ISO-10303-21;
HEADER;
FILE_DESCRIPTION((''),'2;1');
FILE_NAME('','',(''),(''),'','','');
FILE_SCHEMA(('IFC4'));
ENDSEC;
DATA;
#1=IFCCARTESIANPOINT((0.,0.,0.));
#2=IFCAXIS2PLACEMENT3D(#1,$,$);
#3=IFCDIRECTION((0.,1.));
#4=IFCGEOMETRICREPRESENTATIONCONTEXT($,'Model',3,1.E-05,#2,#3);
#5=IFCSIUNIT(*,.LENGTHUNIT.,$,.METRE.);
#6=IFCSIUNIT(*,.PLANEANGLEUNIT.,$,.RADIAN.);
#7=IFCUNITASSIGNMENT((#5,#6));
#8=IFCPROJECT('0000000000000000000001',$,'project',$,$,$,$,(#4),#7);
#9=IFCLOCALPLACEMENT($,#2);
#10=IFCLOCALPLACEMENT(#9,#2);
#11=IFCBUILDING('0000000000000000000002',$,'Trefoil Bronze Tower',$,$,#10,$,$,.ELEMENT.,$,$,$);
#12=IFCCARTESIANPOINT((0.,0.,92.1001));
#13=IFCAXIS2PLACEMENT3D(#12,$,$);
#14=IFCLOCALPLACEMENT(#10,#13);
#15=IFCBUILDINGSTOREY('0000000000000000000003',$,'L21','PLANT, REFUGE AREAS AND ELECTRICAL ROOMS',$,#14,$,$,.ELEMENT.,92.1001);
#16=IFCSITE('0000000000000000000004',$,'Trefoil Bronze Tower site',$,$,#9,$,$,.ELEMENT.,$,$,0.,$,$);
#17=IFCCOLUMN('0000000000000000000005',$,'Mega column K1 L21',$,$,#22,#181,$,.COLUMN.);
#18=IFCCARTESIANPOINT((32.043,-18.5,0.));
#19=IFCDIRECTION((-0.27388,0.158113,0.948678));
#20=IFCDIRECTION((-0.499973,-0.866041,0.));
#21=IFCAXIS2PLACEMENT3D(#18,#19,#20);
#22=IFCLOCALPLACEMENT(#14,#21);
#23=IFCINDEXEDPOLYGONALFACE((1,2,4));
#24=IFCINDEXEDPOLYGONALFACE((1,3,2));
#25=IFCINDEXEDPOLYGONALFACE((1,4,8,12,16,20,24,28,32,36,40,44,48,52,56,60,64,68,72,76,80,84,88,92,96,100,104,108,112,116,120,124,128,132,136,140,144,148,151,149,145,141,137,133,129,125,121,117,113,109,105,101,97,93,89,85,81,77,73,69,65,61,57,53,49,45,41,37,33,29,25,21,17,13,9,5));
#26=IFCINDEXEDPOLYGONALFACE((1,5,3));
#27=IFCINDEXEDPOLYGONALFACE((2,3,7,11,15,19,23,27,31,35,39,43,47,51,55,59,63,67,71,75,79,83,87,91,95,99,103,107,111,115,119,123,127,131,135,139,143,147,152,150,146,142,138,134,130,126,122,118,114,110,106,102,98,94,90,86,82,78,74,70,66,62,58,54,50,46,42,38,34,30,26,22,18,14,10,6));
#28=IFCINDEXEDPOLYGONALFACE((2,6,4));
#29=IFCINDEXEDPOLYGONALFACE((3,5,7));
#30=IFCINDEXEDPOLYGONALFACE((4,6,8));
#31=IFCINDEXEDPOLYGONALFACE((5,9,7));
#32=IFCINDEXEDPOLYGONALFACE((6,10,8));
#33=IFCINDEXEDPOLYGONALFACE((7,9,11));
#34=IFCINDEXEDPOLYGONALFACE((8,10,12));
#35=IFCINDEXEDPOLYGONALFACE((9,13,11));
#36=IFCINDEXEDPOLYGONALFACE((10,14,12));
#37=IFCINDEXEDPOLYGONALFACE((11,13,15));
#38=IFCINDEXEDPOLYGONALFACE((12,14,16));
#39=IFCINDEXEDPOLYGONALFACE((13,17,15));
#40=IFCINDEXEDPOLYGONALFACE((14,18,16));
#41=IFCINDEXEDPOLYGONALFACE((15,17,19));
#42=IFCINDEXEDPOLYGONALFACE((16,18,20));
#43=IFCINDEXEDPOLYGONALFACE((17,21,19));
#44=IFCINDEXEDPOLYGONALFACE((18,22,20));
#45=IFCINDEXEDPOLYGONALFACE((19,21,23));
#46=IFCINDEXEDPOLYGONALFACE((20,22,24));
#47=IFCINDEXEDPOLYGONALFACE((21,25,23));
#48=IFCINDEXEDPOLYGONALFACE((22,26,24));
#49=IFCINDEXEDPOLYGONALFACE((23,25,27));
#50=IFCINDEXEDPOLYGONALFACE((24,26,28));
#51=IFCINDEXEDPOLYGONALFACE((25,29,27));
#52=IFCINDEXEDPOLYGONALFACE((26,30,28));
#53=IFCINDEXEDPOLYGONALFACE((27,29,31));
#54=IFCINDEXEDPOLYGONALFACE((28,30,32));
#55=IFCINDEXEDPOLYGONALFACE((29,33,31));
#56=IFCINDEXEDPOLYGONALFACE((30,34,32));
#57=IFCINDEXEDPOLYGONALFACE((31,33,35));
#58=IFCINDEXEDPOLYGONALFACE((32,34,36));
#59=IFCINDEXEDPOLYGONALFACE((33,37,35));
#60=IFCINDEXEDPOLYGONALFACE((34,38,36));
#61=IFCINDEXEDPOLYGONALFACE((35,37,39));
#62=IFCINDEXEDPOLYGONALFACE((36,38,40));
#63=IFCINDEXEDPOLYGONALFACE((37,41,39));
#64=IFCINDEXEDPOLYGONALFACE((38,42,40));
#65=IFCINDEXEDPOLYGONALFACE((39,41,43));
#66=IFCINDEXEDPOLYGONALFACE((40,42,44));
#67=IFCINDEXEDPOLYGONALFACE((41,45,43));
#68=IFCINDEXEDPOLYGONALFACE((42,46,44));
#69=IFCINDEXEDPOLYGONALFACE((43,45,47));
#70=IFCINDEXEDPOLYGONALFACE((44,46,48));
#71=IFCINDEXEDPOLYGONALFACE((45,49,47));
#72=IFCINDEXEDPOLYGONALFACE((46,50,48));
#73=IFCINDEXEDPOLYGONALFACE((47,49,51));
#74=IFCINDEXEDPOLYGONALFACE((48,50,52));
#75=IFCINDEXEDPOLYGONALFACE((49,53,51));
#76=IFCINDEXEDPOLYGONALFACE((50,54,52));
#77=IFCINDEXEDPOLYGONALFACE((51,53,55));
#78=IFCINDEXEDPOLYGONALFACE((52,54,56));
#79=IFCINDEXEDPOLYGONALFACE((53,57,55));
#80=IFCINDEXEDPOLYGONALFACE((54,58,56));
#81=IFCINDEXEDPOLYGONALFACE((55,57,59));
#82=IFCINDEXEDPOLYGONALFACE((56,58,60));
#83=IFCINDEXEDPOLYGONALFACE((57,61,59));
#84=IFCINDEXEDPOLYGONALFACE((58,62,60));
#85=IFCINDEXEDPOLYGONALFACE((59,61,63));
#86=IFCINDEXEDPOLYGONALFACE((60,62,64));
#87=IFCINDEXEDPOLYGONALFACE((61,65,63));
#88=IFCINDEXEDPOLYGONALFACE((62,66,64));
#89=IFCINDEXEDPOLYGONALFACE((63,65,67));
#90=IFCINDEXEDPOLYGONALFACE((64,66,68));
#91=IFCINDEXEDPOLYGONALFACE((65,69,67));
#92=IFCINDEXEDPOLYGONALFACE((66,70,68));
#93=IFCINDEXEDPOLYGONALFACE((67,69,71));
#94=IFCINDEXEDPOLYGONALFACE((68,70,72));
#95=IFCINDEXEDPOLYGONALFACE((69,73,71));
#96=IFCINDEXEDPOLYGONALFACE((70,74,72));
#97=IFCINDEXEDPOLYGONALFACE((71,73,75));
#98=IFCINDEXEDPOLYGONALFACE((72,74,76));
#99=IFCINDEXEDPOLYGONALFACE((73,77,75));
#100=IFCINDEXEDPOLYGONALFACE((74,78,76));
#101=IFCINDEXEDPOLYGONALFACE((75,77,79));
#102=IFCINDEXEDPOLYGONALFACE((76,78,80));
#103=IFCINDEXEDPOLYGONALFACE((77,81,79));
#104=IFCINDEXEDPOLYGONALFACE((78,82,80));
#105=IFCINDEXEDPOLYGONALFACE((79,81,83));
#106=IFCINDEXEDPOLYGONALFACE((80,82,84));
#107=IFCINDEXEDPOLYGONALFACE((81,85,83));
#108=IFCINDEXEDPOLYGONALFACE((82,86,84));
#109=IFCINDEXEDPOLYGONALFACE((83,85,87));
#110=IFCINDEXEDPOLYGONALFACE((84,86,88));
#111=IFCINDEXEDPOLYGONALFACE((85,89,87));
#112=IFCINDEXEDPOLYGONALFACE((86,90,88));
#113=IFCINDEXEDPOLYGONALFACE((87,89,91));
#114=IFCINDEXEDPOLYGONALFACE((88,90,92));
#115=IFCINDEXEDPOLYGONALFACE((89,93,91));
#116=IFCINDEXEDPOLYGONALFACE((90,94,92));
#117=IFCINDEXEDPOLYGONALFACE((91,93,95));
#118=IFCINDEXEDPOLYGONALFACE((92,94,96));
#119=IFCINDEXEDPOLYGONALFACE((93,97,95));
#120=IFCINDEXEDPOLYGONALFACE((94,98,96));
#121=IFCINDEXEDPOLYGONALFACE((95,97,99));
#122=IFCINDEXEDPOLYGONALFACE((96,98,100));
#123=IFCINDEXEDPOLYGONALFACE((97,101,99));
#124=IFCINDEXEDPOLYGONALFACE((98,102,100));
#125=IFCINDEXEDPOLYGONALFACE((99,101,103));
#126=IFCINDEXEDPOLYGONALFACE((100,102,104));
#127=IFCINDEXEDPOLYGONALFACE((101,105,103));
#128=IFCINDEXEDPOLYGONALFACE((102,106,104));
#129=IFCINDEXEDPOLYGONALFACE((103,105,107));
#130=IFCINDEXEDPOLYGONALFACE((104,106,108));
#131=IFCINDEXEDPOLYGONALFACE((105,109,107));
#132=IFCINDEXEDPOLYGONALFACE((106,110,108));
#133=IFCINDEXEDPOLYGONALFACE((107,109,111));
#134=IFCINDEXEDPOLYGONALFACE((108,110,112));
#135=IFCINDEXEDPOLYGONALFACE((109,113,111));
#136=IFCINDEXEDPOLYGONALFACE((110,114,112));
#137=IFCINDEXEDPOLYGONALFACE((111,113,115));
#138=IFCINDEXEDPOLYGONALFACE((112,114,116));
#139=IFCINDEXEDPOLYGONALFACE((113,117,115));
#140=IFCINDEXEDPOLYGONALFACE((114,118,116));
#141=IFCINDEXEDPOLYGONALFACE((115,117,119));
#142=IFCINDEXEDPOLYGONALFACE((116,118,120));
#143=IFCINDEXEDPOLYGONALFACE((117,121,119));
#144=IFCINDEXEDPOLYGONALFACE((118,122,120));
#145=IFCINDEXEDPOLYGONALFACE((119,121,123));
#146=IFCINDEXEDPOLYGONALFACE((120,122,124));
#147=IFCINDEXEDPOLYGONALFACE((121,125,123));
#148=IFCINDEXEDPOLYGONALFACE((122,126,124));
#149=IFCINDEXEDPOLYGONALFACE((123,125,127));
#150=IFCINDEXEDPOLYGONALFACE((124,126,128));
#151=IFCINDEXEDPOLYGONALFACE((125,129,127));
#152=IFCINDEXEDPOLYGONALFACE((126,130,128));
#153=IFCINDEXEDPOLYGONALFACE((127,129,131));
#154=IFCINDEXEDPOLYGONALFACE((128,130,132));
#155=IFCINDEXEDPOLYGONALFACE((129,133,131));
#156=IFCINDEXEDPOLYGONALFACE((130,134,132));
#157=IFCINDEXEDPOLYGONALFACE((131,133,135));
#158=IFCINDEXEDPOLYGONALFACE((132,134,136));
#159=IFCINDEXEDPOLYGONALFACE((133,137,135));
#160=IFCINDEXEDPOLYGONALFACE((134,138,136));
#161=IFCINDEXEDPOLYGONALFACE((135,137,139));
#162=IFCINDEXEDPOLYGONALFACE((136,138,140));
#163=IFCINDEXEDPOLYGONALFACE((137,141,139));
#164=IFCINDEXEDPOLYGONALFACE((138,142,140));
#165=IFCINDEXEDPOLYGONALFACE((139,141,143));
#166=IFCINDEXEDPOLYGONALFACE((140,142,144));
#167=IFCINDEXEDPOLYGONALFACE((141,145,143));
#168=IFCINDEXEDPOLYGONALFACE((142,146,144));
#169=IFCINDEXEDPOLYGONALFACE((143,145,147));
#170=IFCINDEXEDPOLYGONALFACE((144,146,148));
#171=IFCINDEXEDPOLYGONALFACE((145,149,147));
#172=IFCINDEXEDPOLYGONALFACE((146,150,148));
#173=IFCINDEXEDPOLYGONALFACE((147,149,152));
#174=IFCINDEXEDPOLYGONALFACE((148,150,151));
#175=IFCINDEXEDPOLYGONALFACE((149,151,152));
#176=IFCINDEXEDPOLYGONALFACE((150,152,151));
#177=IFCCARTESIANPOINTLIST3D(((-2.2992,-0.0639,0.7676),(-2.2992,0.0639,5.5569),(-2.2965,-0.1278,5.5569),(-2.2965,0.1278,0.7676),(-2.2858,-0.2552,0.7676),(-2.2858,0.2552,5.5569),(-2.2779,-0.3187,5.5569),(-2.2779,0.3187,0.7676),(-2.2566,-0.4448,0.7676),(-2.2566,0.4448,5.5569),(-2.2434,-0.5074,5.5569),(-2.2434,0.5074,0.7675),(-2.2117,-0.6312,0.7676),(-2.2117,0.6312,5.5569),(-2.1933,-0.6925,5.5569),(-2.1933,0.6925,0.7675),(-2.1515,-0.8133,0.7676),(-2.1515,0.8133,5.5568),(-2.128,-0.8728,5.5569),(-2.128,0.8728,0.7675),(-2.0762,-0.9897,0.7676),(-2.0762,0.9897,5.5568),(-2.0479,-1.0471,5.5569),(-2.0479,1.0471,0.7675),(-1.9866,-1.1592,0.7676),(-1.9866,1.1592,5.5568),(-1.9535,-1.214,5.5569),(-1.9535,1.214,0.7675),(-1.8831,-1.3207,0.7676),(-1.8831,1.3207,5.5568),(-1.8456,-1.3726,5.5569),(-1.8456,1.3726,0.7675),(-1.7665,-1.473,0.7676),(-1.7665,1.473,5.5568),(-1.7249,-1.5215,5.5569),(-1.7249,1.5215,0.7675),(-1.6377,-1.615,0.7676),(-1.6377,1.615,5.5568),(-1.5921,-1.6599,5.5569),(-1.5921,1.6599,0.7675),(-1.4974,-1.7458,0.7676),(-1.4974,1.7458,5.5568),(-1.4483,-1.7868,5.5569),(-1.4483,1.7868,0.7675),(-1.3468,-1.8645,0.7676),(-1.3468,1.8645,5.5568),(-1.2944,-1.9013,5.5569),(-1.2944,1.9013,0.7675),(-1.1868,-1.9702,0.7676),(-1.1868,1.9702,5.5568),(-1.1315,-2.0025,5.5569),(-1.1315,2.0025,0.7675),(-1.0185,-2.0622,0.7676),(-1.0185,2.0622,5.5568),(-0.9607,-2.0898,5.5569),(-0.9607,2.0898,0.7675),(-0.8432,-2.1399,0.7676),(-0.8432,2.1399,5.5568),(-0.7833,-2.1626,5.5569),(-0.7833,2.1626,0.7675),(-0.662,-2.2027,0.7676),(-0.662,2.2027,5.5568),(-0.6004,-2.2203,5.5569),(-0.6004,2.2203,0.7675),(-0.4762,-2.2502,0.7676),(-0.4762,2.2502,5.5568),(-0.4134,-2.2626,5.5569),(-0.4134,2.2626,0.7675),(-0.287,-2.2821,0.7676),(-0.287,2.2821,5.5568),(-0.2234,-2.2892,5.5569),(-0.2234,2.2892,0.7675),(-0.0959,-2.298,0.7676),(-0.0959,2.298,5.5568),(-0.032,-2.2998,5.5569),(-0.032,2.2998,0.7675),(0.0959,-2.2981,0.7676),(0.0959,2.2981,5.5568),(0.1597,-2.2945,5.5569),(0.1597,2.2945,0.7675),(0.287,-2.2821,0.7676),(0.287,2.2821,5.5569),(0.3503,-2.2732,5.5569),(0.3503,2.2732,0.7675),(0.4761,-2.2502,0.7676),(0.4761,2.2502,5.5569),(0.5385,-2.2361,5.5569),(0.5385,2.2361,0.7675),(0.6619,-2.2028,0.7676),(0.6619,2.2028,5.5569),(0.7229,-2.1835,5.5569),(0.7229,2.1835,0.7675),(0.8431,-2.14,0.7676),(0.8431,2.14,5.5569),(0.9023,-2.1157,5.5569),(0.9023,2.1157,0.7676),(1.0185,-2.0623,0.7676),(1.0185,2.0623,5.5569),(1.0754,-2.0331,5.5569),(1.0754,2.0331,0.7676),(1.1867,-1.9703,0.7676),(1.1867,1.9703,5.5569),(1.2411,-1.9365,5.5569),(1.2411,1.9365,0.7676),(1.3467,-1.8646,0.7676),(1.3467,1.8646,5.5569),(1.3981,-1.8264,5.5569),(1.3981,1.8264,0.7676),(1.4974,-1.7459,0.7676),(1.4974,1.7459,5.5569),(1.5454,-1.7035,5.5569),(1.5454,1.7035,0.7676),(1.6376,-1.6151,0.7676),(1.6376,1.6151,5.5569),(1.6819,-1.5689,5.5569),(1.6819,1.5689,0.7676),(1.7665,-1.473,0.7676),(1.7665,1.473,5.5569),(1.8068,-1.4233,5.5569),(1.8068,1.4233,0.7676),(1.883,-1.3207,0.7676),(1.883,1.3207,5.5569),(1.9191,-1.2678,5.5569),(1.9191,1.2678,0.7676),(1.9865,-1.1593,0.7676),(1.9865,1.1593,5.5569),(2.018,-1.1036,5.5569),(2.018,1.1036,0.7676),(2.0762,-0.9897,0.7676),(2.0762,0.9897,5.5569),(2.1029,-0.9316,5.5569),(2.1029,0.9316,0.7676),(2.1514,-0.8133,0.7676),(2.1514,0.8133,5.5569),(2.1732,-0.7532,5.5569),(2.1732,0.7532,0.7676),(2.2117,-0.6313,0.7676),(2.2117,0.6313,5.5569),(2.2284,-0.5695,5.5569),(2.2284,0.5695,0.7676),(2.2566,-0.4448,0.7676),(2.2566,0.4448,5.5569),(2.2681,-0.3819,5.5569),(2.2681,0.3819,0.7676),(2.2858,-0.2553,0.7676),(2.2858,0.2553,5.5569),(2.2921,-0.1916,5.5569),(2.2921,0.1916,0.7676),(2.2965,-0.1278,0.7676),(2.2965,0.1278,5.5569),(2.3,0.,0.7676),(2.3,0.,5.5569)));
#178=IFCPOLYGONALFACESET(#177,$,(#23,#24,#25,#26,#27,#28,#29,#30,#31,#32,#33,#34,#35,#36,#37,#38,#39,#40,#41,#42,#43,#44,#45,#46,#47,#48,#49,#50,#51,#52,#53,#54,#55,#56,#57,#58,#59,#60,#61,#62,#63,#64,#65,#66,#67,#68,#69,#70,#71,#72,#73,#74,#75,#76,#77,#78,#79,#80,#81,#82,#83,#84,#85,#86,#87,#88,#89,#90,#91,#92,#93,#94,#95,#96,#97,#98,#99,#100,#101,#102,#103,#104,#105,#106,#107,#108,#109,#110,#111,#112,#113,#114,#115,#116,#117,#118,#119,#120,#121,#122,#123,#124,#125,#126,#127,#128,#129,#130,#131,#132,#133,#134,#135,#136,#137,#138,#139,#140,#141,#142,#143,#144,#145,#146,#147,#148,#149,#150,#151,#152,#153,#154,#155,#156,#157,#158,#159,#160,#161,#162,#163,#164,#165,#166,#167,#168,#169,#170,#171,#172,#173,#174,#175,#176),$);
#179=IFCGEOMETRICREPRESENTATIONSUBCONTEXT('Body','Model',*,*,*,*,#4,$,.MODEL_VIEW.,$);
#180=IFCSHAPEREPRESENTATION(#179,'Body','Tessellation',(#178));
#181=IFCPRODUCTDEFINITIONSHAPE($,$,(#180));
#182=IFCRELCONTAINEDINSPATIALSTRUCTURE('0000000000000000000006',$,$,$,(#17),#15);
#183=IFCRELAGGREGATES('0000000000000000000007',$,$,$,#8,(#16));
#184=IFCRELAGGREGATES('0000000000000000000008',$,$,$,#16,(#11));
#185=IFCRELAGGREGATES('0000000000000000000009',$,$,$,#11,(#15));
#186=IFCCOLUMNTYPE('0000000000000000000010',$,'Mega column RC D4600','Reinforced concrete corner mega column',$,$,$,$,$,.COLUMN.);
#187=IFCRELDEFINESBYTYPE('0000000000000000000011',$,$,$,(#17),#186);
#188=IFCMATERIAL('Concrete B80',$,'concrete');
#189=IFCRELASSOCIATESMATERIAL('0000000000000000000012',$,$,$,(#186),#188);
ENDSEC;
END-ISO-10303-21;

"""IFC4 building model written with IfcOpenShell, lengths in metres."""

from ifc_helpers import new_model, si_unit, direction, frame, origin, origin_2d, place, context, subcontext, project, spatial, circle, extrude, clip, halfspace, material, material_profile, profile_set, type_object, element, save


model = new_model("IFC4")

# Units and contexts
model_context = context("Model", 3, precision=1e-05, world=origin(), true_north=direction((0.0, 1.0)))
body_context = subcontext(model_context, "Body", "Model", "MODEL_VIEW")
ifc_project = project(units=[si_unit("LENGTHUNIT", "METRE"), si_unit("PLANEANGLEUNIT", "RADIAN")], contexts=[model_context])

# Site, building, storey
site_placement = place(None, origin())
site = spatial("IfcSite", under=ifc_project, at=site_placement, Name="Trefoil Bronze Tower site", CompositionType="ELEMENT", RefElevation=0.0)
building_placement = place(site_placement, origin())
building = spatial("IfcBuilding", under=site, at=building_placement, Name="Trefoil Bronze Tower", CompositionType="ELEMENT")
storey_placement = place(building_placement, frame((0.0, 0.0, 92.1001)))
storey = spatial("IfcBuildingStorey", under=building, at=storey_placement, Name="L21", Description="PLANT, REFUGE AREAS AND ELECTRICAL ROOMS", CompositionType="ELEMENT", Elevation=92.1001)

# Column
ifc_material_1 = material(Name="Concrete B80", Category="concrete")
ifc_material_profile_1 = material_profile(ifc_material_1, circle(Radius=2.3, at=origin_2d()), Name="RC D4600")
ifc_profile_set_1 = profile_set([ifc_material_profile_1], Name="Concrete B80")
column_type = type_object("IfcColumnType", Name="Mega column RC D4600", Description="Reinforced concrete corner mega column", PredefinedType="COLUMN", material=ifc_profile_set_1)
column_placement = place(storey_placement, frame((32.043, -18.5, 0.0), z_axis=(-0.27388, 0.158113, 0.948678), x_axis=(-0.499973, -0.866041, 0.0)))
element("IfcColumn", 1, at=column_placement, inside=storey, type_object=column_type, Name="Mega column K1 L21", PredefinedType="COLUMN", context=body_context, shape_type="Clipping", body=[
    clip(clip(extrude(circle(Radius=2.3, at=origin_2d()), origin(), (0.0, 0.0, 1.0), 6.3247), halfspace(frame((0.0, 0.0, 0.7676), z_axis=(-0.00001, 0.000016, 1.0), x_axis=(0.0, 1.0, -0.000016)), True)), halfspace(frame((0.0, 0.0, 5.5569), z_axis=(0.00001, -0.000016, -1.0), x_axis=(0.0, -1.0, 0.000016)), True)),
])

save(model, "model.ifc")
